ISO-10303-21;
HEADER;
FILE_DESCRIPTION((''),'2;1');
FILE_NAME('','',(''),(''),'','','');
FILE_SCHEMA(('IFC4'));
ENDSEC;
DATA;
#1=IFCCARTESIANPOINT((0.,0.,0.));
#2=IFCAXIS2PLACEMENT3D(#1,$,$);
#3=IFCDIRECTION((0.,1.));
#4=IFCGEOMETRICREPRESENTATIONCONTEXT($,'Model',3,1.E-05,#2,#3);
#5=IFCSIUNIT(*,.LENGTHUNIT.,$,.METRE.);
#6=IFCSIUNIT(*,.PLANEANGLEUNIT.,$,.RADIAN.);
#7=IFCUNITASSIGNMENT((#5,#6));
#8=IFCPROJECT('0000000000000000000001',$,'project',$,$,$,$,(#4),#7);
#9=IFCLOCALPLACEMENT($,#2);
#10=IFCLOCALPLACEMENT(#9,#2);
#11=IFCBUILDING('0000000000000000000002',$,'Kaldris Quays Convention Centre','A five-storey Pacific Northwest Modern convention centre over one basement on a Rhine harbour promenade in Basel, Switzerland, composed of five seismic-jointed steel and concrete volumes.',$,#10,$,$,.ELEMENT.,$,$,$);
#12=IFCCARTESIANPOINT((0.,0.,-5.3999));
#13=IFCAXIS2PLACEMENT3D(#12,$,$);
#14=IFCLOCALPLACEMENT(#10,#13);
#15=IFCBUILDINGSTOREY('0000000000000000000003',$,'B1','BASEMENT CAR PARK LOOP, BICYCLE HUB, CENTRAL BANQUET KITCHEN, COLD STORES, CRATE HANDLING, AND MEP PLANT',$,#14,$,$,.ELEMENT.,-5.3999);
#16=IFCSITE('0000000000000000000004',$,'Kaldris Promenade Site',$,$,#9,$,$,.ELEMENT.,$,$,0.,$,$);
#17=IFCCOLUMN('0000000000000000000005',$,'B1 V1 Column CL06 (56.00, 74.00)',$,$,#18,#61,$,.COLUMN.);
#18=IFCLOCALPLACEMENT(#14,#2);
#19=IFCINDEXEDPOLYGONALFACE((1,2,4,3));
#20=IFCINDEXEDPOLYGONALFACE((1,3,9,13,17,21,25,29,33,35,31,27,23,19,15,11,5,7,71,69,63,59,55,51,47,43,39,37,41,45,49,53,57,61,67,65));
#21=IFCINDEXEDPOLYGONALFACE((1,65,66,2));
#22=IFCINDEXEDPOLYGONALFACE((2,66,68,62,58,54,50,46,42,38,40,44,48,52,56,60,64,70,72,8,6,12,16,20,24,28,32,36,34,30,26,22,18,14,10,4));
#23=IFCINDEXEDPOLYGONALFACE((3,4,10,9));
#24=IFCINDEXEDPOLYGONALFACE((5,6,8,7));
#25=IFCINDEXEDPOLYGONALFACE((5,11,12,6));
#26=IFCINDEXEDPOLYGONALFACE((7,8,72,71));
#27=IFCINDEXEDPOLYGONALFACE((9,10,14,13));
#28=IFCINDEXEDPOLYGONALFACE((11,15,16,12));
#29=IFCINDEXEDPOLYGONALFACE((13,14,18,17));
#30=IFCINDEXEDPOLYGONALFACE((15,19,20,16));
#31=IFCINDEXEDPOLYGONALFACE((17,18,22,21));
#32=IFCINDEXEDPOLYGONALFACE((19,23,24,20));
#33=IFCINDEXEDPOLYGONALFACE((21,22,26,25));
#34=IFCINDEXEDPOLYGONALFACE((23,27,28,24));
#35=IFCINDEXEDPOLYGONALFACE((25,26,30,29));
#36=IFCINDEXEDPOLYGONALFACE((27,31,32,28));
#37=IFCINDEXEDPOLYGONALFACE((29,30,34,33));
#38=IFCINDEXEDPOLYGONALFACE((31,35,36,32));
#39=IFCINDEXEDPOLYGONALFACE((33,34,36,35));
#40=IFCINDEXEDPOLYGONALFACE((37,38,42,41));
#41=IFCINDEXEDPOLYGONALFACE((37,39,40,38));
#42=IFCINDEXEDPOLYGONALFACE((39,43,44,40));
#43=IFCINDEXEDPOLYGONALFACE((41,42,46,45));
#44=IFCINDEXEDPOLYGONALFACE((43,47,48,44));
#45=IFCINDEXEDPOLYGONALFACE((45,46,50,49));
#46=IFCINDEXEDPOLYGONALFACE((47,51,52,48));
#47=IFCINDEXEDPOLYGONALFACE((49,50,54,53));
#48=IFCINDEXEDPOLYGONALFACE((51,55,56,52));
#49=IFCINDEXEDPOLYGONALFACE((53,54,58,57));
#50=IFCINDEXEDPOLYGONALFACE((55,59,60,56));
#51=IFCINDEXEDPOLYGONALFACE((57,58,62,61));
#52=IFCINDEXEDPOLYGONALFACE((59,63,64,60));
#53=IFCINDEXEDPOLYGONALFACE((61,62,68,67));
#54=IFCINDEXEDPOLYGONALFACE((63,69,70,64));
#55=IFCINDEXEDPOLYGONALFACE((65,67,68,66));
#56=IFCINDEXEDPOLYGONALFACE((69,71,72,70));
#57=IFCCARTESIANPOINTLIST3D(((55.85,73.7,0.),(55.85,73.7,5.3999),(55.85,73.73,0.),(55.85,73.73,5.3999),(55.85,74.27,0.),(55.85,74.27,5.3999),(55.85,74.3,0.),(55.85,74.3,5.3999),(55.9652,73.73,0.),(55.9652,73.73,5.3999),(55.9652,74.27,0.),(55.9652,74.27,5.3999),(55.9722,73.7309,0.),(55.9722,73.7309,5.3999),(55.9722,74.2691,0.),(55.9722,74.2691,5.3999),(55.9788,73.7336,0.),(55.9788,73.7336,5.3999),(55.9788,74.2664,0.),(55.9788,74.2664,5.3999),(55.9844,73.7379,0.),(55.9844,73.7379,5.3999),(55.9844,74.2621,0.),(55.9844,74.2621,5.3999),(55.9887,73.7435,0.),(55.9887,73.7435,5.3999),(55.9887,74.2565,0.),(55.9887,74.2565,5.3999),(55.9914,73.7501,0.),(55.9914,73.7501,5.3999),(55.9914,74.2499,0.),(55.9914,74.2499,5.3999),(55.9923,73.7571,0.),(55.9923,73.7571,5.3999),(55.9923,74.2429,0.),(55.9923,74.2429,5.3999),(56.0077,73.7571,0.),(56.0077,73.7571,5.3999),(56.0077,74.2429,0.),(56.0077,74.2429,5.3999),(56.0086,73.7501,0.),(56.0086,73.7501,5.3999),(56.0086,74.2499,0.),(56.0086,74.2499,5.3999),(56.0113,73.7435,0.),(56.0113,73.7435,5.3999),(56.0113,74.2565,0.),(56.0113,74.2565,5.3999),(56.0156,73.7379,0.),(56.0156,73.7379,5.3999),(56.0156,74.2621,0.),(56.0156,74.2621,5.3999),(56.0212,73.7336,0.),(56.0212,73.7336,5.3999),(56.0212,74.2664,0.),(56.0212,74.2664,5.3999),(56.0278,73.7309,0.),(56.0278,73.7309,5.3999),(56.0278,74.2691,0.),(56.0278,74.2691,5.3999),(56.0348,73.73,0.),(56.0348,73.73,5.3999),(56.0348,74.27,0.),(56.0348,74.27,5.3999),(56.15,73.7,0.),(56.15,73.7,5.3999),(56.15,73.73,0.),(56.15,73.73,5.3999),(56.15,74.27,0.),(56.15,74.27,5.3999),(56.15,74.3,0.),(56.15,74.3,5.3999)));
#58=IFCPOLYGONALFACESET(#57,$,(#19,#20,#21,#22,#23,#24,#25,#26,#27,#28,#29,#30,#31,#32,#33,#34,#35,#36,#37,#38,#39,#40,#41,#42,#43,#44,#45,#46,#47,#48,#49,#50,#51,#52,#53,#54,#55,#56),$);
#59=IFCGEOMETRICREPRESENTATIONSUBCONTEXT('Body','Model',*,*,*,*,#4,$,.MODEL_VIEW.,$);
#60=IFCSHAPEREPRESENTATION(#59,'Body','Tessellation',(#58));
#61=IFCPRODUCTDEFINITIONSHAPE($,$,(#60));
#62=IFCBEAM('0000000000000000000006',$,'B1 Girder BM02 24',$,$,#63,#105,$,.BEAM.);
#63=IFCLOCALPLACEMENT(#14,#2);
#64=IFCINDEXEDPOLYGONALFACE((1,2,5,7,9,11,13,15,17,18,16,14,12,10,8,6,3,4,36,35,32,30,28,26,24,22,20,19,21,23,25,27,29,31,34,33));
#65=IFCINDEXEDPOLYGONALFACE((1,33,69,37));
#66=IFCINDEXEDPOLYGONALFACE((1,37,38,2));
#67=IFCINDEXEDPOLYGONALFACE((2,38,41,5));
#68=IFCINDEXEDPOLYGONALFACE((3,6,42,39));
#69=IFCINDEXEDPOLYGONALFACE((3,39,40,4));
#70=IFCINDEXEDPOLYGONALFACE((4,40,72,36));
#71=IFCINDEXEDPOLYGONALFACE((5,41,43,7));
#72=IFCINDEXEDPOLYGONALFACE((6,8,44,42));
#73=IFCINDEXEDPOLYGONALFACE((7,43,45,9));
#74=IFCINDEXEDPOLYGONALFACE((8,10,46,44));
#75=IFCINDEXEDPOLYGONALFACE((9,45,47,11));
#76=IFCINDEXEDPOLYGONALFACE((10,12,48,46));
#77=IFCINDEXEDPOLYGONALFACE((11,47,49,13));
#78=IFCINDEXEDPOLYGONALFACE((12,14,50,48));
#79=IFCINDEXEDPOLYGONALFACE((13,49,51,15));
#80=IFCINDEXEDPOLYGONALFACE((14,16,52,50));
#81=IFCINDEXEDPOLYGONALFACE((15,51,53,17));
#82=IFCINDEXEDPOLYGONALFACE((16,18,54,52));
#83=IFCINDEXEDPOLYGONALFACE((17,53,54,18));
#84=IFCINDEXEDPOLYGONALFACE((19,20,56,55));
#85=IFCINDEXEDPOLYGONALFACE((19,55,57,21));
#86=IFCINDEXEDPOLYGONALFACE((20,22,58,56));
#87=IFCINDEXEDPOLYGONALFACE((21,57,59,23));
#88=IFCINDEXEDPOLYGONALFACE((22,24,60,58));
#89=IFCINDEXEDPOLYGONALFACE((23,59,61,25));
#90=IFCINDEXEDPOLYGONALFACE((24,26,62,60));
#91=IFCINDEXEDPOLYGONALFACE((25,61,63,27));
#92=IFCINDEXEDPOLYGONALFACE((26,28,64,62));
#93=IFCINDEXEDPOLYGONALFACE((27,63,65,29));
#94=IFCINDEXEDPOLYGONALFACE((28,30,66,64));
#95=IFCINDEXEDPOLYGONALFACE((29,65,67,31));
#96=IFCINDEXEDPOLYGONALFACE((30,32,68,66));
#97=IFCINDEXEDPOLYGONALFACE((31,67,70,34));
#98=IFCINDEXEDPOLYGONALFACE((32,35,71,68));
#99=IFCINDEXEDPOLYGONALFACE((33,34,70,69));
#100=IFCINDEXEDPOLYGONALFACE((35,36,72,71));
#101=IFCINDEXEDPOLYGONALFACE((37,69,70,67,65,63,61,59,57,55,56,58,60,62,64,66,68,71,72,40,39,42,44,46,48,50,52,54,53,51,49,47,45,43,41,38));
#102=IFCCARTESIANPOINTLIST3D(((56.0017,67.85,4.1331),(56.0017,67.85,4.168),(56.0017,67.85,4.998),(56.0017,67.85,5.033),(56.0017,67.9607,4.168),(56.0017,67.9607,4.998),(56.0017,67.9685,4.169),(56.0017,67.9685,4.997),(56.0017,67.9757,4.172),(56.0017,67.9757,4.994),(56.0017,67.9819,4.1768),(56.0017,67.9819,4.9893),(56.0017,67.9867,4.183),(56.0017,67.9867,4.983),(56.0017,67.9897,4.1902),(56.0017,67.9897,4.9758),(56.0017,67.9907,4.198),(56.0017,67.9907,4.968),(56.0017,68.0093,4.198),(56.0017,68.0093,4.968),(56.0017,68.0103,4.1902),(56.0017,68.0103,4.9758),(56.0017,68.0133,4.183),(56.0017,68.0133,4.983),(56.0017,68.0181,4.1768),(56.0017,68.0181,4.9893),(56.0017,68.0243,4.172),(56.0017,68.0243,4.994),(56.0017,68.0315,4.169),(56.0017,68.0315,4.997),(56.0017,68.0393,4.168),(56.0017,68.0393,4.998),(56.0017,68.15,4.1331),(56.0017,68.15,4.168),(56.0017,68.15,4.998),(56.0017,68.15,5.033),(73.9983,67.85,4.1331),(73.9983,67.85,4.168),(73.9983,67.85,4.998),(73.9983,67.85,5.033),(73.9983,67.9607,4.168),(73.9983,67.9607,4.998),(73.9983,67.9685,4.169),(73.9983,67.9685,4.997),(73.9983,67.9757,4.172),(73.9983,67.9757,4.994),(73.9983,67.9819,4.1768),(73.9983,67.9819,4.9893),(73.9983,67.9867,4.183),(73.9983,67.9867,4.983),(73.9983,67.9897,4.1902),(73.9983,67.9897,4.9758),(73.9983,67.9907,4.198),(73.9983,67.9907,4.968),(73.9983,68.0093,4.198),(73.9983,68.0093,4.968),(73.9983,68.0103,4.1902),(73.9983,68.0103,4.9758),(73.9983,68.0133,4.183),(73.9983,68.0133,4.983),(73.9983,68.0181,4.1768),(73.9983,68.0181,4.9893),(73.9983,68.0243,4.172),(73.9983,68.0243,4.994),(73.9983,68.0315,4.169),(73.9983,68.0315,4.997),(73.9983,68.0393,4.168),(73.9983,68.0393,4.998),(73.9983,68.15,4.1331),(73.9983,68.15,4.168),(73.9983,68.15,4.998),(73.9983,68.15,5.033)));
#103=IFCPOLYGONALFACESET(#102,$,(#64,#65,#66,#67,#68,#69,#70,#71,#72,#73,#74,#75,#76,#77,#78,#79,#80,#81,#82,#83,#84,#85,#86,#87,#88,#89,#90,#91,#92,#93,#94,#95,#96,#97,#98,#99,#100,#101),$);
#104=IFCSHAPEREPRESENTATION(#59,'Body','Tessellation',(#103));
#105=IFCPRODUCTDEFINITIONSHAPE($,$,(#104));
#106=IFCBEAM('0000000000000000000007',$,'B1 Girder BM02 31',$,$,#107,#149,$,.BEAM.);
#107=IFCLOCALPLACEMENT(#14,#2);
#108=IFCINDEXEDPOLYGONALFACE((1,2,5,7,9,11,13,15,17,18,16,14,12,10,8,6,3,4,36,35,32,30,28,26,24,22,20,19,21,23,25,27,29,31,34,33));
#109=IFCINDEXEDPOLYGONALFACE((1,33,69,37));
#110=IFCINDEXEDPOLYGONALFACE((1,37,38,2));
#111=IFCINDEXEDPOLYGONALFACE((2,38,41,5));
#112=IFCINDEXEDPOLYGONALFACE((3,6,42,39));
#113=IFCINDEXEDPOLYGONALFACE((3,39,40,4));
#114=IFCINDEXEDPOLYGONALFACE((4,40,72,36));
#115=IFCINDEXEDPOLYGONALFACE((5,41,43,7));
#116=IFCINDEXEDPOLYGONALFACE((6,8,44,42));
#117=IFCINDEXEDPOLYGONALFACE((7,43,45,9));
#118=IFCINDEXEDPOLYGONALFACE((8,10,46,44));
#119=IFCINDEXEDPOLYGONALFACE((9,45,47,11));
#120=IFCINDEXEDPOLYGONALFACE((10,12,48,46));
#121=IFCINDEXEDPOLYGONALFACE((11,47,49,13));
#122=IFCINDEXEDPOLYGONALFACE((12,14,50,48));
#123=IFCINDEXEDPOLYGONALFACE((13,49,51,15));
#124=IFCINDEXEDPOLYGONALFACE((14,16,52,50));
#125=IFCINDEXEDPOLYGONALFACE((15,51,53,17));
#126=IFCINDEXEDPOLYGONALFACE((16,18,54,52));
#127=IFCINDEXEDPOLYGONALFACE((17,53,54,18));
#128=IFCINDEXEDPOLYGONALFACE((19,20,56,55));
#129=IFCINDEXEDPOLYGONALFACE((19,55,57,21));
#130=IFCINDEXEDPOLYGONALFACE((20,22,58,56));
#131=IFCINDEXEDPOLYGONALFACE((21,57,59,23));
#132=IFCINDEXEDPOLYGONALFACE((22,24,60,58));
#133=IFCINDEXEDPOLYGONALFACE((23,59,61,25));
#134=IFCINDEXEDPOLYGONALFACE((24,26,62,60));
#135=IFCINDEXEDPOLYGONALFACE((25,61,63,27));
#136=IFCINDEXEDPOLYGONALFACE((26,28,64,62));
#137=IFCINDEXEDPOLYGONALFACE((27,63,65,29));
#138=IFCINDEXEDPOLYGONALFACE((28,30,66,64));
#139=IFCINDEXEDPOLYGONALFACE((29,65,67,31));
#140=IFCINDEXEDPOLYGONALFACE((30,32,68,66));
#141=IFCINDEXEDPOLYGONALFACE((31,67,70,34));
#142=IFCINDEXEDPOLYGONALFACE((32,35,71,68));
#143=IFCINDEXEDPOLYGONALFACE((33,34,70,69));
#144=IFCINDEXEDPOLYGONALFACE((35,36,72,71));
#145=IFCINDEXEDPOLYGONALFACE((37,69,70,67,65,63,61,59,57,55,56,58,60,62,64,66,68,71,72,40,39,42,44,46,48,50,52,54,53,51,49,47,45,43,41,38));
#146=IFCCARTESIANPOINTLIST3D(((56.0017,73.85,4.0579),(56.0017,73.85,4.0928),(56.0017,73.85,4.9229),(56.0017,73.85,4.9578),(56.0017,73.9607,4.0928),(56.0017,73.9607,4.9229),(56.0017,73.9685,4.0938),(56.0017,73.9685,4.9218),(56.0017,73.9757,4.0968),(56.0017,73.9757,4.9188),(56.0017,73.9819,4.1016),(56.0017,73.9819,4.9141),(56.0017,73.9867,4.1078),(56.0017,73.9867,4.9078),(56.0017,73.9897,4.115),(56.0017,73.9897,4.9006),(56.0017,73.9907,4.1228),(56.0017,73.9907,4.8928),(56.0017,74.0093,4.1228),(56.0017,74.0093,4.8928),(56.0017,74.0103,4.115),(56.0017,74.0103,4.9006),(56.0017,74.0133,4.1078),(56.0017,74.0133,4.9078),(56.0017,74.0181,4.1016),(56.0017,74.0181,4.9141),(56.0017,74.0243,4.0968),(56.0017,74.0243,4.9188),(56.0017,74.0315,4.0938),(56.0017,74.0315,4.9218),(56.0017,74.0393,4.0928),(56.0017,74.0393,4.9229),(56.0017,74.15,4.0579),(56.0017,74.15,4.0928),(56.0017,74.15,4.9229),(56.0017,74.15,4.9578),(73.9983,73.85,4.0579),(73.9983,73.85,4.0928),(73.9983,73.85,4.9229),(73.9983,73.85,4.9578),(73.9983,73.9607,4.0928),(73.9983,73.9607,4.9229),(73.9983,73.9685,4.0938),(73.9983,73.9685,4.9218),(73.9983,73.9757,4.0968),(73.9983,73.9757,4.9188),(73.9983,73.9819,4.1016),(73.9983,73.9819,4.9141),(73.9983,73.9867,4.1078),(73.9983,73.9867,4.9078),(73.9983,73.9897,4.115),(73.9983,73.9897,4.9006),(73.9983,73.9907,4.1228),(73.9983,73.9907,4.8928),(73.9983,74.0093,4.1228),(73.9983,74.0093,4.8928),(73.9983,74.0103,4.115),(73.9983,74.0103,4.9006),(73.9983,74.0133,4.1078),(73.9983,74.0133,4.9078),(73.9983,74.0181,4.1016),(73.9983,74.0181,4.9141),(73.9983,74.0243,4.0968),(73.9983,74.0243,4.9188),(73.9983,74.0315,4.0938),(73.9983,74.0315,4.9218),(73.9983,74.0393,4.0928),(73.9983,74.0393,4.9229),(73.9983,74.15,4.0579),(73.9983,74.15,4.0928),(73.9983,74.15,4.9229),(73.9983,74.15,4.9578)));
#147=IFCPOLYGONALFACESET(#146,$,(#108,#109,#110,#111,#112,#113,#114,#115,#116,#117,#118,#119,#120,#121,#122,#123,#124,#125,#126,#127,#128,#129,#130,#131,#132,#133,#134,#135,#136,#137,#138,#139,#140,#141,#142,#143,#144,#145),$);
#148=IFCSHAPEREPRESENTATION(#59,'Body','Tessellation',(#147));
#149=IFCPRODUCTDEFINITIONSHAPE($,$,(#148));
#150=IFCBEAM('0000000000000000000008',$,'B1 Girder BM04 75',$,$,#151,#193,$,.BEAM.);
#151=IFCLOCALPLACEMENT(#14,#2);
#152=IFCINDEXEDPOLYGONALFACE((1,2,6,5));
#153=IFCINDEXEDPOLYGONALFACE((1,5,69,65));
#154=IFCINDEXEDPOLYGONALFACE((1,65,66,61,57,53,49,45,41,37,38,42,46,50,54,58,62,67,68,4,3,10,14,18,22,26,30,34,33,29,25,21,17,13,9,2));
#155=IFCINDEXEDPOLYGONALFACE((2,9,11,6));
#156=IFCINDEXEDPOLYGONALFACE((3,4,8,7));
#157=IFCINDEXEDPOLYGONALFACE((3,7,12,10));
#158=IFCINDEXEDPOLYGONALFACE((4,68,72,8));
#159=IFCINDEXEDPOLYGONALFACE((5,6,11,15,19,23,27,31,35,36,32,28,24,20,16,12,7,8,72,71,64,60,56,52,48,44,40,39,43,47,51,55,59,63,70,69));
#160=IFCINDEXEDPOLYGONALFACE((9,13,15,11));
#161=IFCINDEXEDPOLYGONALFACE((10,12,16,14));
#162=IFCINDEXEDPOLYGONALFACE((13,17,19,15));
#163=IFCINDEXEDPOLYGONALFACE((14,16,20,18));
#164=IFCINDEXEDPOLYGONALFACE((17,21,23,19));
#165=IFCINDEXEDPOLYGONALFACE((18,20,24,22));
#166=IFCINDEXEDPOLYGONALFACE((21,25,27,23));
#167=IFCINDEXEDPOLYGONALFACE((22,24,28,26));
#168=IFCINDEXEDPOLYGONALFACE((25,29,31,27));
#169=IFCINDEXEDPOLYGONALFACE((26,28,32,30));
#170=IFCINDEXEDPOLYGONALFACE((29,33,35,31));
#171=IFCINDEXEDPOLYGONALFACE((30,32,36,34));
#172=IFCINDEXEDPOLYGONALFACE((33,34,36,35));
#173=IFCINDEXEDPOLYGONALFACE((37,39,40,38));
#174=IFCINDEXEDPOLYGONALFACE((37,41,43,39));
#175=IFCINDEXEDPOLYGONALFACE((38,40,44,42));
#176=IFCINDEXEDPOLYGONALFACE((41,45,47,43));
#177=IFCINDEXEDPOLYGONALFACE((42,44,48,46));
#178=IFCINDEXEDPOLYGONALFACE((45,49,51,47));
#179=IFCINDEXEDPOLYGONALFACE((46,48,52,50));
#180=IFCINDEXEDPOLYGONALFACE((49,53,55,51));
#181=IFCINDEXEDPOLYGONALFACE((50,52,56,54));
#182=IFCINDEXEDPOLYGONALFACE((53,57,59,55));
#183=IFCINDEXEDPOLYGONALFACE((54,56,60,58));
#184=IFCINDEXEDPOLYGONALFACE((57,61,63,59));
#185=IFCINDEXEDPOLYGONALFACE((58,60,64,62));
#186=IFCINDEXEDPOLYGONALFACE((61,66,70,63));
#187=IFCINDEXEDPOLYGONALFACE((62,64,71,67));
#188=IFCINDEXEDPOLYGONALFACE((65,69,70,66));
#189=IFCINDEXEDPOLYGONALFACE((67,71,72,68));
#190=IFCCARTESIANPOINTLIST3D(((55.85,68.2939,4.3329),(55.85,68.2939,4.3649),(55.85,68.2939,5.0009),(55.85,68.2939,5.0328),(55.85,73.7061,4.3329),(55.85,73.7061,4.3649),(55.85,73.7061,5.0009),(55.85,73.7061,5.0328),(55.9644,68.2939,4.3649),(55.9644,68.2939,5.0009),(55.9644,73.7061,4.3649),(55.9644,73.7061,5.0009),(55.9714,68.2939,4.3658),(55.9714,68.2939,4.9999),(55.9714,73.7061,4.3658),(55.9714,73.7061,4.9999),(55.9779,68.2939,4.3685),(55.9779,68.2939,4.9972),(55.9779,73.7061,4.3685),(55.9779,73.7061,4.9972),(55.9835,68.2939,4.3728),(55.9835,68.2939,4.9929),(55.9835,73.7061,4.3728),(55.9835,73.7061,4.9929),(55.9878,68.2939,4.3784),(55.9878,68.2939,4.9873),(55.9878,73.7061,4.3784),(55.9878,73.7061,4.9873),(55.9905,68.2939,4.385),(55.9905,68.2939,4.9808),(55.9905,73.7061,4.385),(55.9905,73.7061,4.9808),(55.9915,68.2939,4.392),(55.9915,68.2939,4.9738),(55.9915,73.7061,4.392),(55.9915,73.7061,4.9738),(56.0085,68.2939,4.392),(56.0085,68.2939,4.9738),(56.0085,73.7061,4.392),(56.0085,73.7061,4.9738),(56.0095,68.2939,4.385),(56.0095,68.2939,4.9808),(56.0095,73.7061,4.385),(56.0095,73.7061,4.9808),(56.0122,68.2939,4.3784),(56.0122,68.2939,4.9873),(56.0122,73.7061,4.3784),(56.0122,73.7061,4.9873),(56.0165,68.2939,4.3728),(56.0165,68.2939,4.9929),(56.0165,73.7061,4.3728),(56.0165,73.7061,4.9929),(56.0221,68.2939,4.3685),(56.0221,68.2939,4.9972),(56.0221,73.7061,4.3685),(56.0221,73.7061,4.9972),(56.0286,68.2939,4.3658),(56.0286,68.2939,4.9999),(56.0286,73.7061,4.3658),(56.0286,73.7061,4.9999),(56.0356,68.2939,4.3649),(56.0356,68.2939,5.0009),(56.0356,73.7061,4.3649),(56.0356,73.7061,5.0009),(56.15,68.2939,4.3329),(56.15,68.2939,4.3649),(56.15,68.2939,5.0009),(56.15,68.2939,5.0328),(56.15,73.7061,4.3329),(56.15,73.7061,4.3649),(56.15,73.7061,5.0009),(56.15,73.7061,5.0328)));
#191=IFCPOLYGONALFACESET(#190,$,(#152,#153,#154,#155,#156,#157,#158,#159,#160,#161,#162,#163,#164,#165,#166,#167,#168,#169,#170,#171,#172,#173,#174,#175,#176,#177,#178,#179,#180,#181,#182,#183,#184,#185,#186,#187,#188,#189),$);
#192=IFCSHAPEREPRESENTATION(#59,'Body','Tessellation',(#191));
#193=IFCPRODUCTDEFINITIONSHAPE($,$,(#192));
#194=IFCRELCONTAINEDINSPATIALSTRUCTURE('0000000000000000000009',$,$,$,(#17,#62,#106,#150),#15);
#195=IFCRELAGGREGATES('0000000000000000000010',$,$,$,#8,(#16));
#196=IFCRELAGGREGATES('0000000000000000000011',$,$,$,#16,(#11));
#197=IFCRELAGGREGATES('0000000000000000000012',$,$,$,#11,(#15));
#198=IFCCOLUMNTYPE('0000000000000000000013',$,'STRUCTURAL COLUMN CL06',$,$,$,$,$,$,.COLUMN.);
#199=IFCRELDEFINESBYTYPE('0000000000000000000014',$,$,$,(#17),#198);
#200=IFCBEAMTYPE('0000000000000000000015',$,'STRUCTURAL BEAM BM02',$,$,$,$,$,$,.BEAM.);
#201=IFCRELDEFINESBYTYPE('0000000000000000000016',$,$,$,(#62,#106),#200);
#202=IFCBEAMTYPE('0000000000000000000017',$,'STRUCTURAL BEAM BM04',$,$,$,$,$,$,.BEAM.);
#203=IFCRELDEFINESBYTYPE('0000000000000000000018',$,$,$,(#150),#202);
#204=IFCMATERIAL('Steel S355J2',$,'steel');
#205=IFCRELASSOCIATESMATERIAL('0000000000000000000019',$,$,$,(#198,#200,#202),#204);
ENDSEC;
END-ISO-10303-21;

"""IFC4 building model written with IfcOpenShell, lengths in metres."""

from ifc_helpers import new_model, si_unit, direction, frame, origin, origin_2d, place, context, subcontext, project, spatial, i_section, extrude, material, material_profile, profile_set, type_object, element, save


model = new_model("IFC4")

# Units and contexts
model_context = context("Model", 3, precision=1e-05, world=origin(), true_north=direction((0.0, 1.0)))
body_context = subcontext(model_context, "Body", "Model", "MODEL_VIEW")
ifc_project = project(units=[si_unit("LENGTHUNIT", "METRE"), si_unit("PLANEANGLEUNIT", "RADIAN")], contexts=[model_context])

# Site, building, storey
site_placement = place(None, origin())
site = spatial("IfcSite", under=ifc_project, at=site_placement, Name="Kaldris Promenade Site", CompositionType="ELEMENT", RefElevation=0.0)
building_placement = place(site_placement, origin())
building = spatial("IfcBuilding", under=site, at=building_placement, Name="Kaldris Quays Convention Centre", Description="A five-storey Pacific Northwest Modern convention centre over one basement on a Rhine harbour promenade in Basel, Switzerland, composed of five seismic-jointed steel and concrete volumes.", CompositionType="ELEMENT")
storey_placement = place(building_placement, frame((0.0, 0.0, -5.3999)))
storey = spatial("IfcBuildingStorey", under=building, at=storey_placement, Name="B1", Description="BASEMENT CAR PARK LOOP, BICYCLE HUB, CENTRAL BANQUET KITCHEN, COLD STORES, CRATE HANDLING, AND MEP PLANT", CompositionType="ELEMENT", Elevation=-5.3999)

# Column
ifc_material_1 = material(Name="Steel S355J2", Category="steel")
ifc_material_profile_1 = material_profile(ifc_material_1, i_section(OverallWidth=0.3, OverallDepth=0.6001, WebThickness=0.0154, FlangeThickness=0.03, FilletRadius=0.0271, at=origin_2d()), Name="HEB 600")
ifc_profile_set_1 = profile_set([ifc_material_profile_1], Name="Steel S355J2")
column_type = type_object("IfcColumnType", Name="STRUCTURAL COLUMN CL06", PredefinedType="COLUMN", material=ifc_profile_set_1)
for number, where, z_axis, x_axis, name in (
    (1, (56.0, 74.0, 0.0), (0.0, 0.0, 1.0), (1.0, 0.0, 0.0), "B1 V1 Column CL06 (56.00, 74.00)"),
):
    element("IfcColumn", number, at=place(storey_placement, frame(where, z_axis=z_axis, x_axis=x_axis)), inside=storey, type_object=column_type, Name=name, PredefinedType="COLUMN", context=body_context, shape_type="SweptSolid", body=[
        extrude(i_section(OverallWidth=0.3, OverallDepth=0.6001, WebThickness=0.0154, FlangeThickness=0.03, FilletRadius=0.0271, at=origin_2d()), origin(), (0.0, 0.0, 1.0), 5.3999),
    ])

# Beams
ifc_material_profile_2 = material_profile(ifc_material_1, i_section(OverallWidth=0.3, OverallDepth=0.8999, WebThickness=0.0186, FlangeThickness=0.0349, FilletRadius=0.03, at=origin_2d()), Name="HEB 900")
ifc_profile_set_2 = profile_set([ifc_material_profile_2], Name="Steel S355J2")
beam_type_1 = type_object("IfcBeamType", Name="STRUCTURAL BEAM BM02", PredefinedType="BEAM", material=ifc_profile_set_2)
for number, where, z_axis, x_axis, name in (
    (2, (56.0017, 68.0, 4.583), (1.0, 0.0, 0.0), (0.0, 1.0, 0.0), "B1 Girder BM02 24"),
    (3, (56.0017, 74.0, 4.5078), (1.0, 0.0, 0.0), (0.0, 1.0, 0.0), "B1 Girder BM02 31"),
):
    element("IfcBeam", number, at=place(storey_placement, frame(where, z_axis=z_axis, x_axis=x_axis)), inside=storey, type_object=beam_type_1, Name=name, PredefinedType="BEAM", context=body_context, shape_type="SweptSolid", body=[
        extrude(i_section(OverallWidth=0.3, OverallDepth=0.8999, WebThickness=0.0186, FlangeThickness=0.0349, FilletRadius=0.03, at=origin_2d()), origin(), (0.0, 0.0, 1.0), 17.9966),
    ])
ifc_material_profile_3 = material_profile(ifc_material_1, i_section(OverallWidth=0.3, OverallDepth=0.7, WebThickness=0.0171, FlangeThickness=0.032, FilletRadius=0.0271, at=origin_2d()), Name="HEB 700")
ifc_profile_set_3 = profile_set([ifc_material_profile_3], Name="Steel S355J2")
beam_type_2 = type_object("IfcBeamType", Name="STRUCTURAL BEAM BM04", PredefinedType="BEAM", material=ifc_profile_set_3)
beam_1_placement = place(storey_placement, frame((56.0, 68.2939, 4.6829), z_axis=(0.0, 1.0, 0.0), x_axis=(-1.0, 0.0, 0.0)))
element("IfcBeam", 4, at=beam_1_placement, inside=storey, type_object=beam_type_2, Name="B1 Girder BM04 75", PredefinedType="BEAM", context=body_context, shape_type="SweptSolid", body=[
    extrude(i_section(OverallWidth=0.3, OverallDepth=0.7, WebThickness=0.0171, FlangeThickness=0.032, FilletRadius=0.0271, at=origin_2d()), origin(), (0.0, 0.0, 1.0), 5.4121),
])

save(model, "model.ifc")
